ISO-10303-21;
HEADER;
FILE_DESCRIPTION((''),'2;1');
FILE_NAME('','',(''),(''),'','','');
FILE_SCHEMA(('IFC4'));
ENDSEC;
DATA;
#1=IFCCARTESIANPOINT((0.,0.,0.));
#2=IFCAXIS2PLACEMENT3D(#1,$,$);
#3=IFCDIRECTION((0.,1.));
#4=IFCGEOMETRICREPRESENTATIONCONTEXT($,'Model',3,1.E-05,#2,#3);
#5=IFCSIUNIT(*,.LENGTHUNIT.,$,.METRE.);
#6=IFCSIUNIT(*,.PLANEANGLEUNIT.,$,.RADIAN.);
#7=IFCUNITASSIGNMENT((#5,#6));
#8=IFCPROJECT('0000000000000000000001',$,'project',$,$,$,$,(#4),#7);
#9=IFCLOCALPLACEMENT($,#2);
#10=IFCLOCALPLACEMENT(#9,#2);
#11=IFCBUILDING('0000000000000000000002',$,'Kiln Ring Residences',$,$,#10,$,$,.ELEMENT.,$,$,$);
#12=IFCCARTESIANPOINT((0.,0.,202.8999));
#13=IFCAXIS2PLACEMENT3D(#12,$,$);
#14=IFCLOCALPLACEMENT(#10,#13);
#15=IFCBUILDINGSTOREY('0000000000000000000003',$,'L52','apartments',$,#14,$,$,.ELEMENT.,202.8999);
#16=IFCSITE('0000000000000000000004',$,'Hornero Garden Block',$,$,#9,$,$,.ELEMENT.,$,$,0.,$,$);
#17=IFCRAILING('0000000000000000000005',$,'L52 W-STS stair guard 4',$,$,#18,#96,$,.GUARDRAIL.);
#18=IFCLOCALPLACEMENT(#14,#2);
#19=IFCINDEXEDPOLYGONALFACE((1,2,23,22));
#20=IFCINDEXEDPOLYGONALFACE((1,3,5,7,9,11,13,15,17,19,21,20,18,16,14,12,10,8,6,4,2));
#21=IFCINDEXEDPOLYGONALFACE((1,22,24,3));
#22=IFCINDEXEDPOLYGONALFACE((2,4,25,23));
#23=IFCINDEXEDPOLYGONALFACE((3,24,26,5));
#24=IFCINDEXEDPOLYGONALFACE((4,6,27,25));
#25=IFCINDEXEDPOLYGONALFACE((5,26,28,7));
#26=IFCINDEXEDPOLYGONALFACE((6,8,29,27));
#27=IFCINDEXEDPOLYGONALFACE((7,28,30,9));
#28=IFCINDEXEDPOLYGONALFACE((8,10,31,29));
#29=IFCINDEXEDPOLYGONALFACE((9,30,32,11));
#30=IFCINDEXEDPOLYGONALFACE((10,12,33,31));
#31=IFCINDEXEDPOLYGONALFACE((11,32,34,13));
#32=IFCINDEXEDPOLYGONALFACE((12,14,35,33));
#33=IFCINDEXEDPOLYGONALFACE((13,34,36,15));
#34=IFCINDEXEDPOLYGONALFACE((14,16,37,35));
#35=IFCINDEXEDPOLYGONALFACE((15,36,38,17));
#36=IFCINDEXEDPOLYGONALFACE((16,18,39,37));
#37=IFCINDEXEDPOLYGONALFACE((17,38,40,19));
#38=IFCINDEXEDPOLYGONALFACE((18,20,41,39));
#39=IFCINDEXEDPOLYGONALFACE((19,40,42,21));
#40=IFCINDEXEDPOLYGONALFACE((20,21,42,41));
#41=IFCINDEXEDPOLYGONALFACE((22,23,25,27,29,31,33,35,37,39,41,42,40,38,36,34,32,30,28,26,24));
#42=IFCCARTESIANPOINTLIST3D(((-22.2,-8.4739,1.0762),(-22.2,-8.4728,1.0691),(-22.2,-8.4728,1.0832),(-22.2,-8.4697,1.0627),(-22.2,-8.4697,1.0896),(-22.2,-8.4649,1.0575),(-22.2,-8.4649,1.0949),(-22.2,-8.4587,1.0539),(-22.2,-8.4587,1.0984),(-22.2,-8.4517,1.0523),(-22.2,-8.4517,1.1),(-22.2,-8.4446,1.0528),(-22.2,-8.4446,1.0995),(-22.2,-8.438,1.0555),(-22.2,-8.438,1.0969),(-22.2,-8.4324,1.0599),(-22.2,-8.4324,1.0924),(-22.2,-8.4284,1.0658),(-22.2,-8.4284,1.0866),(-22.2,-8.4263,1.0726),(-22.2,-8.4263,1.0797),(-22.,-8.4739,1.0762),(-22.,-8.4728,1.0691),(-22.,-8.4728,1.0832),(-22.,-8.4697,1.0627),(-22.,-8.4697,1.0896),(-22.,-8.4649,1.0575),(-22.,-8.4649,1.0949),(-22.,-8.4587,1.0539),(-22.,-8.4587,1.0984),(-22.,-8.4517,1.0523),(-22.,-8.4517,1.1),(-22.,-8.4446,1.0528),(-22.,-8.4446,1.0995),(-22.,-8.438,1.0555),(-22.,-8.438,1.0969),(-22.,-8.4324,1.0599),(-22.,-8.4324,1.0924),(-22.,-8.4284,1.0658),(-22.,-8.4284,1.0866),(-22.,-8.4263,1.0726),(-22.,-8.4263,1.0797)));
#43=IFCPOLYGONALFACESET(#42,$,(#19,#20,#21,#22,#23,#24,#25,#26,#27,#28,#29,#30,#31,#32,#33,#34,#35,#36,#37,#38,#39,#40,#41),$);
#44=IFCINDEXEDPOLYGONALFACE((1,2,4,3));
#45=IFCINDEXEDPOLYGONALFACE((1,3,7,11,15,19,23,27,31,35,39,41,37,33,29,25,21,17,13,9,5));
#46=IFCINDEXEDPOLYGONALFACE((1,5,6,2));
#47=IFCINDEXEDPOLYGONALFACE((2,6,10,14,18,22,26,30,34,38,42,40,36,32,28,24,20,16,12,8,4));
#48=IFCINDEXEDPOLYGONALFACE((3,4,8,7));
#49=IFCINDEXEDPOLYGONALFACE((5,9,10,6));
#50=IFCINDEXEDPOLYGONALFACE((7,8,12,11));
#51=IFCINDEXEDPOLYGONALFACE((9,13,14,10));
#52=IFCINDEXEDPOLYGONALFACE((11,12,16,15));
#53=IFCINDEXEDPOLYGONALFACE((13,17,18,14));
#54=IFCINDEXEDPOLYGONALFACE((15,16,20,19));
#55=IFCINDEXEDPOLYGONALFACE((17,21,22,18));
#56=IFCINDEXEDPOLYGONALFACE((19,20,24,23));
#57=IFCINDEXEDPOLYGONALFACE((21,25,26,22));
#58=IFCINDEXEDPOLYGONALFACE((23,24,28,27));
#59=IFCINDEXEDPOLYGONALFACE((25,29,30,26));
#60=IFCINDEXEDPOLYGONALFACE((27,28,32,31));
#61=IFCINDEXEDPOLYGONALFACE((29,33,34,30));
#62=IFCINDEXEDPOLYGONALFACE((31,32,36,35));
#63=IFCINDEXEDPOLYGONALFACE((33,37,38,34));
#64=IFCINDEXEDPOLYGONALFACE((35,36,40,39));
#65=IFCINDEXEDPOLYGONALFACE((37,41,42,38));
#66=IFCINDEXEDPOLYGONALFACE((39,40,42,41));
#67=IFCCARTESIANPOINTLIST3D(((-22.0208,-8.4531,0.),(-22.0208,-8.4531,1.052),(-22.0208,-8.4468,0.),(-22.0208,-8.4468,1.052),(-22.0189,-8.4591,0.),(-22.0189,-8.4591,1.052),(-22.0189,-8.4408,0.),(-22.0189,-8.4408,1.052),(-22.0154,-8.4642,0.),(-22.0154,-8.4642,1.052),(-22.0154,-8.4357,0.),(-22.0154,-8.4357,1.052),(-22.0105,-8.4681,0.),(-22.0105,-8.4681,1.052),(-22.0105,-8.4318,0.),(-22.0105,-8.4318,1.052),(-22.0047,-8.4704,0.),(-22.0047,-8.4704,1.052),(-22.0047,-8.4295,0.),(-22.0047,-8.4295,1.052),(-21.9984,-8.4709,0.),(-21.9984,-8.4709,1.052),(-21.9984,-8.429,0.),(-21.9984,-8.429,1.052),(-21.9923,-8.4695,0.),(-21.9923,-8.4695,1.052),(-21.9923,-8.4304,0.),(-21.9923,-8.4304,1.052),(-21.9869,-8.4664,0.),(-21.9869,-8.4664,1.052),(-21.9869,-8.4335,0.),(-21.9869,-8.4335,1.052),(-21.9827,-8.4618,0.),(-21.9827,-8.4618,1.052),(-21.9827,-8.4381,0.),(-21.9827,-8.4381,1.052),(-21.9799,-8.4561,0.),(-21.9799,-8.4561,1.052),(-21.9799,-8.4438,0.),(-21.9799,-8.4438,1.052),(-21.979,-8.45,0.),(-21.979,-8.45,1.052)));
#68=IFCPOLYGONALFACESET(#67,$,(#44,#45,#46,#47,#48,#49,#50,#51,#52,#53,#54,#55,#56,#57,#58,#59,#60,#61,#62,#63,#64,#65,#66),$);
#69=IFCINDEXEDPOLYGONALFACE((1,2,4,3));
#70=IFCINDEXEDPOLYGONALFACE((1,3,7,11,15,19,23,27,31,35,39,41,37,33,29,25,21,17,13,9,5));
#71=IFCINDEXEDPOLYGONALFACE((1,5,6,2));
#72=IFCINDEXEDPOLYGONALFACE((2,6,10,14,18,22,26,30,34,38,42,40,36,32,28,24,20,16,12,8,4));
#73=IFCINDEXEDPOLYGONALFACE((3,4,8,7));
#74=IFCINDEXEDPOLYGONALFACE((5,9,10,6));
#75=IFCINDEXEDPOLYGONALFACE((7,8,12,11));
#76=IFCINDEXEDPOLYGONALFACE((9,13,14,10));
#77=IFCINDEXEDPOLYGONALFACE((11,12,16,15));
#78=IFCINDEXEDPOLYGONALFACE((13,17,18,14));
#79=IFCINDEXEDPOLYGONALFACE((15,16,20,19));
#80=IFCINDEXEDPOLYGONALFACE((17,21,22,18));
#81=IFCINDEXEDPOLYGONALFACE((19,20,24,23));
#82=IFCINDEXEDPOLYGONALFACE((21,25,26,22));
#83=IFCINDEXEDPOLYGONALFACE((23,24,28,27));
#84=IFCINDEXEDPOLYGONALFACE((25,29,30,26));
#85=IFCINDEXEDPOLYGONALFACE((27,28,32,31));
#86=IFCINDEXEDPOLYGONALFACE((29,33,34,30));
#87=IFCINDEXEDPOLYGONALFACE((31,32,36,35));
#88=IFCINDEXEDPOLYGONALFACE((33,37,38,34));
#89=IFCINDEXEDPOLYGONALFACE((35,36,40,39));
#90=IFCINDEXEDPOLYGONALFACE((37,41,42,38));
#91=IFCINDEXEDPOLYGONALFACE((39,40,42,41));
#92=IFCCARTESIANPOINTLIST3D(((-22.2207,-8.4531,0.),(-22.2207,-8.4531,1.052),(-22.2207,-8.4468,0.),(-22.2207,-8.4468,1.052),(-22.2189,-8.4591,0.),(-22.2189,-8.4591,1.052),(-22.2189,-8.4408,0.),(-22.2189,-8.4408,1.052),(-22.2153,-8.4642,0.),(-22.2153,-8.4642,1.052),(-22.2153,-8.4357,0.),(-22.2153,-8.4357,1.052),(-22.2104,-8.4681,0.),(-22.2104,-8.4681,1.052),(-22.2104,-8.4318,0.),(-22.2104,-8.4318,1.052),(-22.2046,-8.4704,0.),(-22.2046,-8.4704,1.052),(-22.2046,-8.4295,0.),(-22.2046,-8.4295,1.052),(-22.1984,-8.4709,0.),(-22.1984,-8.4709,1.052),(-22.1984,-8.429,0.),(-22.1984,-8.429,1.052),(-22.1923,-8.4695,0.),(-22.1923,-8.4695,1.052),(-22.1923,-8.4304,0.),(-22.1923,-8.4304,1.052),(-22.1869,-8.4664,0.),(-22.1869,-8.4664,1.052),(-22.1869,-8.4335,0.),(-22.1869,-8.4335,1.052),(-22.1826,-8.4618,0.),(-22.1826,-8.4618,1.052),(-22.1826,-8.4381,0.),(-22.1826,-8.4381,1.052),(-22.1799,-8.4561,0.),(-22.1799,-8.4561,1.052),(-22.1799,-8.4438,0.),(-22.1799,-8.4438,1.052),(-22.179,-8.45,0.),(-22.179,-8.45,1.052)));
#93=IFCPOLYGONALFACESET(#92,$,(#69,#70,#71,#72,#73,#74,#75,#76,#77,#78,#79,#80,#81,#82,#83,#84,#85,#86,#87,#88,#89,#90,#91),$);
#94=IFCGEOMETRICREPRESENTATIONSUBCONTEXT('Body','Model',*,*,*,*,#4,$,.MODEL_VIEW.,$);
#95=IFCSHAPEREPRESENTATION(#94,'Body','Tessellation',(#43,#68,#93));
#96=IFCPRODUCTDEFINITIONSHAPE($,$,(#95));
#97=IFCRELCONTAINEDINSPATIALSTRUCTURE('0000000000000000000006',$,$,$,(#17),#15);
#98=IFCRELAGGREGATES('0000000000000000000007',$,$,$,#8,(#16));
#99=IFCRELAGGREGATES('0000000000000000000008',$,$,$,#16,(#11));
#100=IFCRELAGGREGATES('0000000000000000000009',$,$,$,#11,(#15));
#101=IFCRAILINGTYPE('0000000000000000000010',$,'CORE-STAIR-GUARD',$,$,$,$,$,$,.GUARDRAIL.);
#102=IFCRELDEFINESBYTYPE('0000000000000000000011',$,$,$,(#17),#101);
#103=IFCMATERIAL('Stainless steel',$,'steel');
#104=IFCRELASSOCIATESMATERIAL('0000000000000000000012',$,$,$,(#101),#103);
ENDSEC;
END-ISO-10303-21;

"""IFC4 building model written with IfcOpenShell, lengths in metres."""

from ifc_helpers import new_model, si_unit, direction, frame, origin, origin_2d, place, context, subcontext, project, spatial, circle, extrude, material, type_object, element, save


model = new_model("IFC4")

# Units and contexts
model_context = context("Model", 3, precision=1e-05, world=origin(), true_north=direction((0.0, 1.0)))
body_context = subcontext(model_context, "Body", "Model", "MODEL_VIEW")
ifc_project = project(units=[si_unit("LENGTHUNIT", "METRE"), si_unit("PLANEANGLEUNIT", "RADIAN")], contexts=[model_context])

# Site, building, storey
site_placement = place(None, origin())
site = spatial("IfcSite", under=ifc_project, at=site_placement, Name="Hornero Garden Block", CompositionType="ELEMENT", RefElevation=0.0)
building_placement = place(site_placement, origin())
building = spatial("IfcBuilding", under=site, at=building_placement, Name="Kiln Ring Residences", CompositionType="ELEMENT")
storey_placement = place(building_placement, frame((0.0, 0.0, 202.8999)))
storey = spatial("IfcBuildingStorey", under=building, at=storey_placement, Name="L52", Description="apartments", CompositionType="ELEMENT", Elevation=202.8999)

# Railing
ifc_material_1 = material(Name="Stainless steel", Category="steel")
railing_type_1 = type_object("IfcRailingType", Name="CORE-STAIR-GUARD", PredefinedType="GUARDRAIL", material=ifc_material_1)
railing_1_placement = place(storey_placement, frame((-22.0, -8.45, 0.0)))
element("IfcRailing", 1, at=railing_1_placement, inside=storey, type_object=railing_type_1, Name="L52 W-STS stair guard 4", PredefinedType="GUARDRAIL", context=body_context, shape_type="SweptSolid", body=[
    extrude(circle(Radius=0.0239, at=origin_2d()), frame((0.0, 0.0, 1.0762), z_axis=(-1.0, 0.0, 0.0), x_axis=(0.0, -1.0, 0.0)), (0.0, 0.0, 1.0), 0.2),
    extrude(circle(Radius=0.021, at=origin_2d()), origin(), (0.0, 0.0, 1.0), 1.052),
    extrude(circle(Radius=0.021, at=origin_2d()), frame((-0.2, 0.0, 0.0)), (0.0, 0.0, 1.0), 1.052),
])

save(model, "model.ifc")
